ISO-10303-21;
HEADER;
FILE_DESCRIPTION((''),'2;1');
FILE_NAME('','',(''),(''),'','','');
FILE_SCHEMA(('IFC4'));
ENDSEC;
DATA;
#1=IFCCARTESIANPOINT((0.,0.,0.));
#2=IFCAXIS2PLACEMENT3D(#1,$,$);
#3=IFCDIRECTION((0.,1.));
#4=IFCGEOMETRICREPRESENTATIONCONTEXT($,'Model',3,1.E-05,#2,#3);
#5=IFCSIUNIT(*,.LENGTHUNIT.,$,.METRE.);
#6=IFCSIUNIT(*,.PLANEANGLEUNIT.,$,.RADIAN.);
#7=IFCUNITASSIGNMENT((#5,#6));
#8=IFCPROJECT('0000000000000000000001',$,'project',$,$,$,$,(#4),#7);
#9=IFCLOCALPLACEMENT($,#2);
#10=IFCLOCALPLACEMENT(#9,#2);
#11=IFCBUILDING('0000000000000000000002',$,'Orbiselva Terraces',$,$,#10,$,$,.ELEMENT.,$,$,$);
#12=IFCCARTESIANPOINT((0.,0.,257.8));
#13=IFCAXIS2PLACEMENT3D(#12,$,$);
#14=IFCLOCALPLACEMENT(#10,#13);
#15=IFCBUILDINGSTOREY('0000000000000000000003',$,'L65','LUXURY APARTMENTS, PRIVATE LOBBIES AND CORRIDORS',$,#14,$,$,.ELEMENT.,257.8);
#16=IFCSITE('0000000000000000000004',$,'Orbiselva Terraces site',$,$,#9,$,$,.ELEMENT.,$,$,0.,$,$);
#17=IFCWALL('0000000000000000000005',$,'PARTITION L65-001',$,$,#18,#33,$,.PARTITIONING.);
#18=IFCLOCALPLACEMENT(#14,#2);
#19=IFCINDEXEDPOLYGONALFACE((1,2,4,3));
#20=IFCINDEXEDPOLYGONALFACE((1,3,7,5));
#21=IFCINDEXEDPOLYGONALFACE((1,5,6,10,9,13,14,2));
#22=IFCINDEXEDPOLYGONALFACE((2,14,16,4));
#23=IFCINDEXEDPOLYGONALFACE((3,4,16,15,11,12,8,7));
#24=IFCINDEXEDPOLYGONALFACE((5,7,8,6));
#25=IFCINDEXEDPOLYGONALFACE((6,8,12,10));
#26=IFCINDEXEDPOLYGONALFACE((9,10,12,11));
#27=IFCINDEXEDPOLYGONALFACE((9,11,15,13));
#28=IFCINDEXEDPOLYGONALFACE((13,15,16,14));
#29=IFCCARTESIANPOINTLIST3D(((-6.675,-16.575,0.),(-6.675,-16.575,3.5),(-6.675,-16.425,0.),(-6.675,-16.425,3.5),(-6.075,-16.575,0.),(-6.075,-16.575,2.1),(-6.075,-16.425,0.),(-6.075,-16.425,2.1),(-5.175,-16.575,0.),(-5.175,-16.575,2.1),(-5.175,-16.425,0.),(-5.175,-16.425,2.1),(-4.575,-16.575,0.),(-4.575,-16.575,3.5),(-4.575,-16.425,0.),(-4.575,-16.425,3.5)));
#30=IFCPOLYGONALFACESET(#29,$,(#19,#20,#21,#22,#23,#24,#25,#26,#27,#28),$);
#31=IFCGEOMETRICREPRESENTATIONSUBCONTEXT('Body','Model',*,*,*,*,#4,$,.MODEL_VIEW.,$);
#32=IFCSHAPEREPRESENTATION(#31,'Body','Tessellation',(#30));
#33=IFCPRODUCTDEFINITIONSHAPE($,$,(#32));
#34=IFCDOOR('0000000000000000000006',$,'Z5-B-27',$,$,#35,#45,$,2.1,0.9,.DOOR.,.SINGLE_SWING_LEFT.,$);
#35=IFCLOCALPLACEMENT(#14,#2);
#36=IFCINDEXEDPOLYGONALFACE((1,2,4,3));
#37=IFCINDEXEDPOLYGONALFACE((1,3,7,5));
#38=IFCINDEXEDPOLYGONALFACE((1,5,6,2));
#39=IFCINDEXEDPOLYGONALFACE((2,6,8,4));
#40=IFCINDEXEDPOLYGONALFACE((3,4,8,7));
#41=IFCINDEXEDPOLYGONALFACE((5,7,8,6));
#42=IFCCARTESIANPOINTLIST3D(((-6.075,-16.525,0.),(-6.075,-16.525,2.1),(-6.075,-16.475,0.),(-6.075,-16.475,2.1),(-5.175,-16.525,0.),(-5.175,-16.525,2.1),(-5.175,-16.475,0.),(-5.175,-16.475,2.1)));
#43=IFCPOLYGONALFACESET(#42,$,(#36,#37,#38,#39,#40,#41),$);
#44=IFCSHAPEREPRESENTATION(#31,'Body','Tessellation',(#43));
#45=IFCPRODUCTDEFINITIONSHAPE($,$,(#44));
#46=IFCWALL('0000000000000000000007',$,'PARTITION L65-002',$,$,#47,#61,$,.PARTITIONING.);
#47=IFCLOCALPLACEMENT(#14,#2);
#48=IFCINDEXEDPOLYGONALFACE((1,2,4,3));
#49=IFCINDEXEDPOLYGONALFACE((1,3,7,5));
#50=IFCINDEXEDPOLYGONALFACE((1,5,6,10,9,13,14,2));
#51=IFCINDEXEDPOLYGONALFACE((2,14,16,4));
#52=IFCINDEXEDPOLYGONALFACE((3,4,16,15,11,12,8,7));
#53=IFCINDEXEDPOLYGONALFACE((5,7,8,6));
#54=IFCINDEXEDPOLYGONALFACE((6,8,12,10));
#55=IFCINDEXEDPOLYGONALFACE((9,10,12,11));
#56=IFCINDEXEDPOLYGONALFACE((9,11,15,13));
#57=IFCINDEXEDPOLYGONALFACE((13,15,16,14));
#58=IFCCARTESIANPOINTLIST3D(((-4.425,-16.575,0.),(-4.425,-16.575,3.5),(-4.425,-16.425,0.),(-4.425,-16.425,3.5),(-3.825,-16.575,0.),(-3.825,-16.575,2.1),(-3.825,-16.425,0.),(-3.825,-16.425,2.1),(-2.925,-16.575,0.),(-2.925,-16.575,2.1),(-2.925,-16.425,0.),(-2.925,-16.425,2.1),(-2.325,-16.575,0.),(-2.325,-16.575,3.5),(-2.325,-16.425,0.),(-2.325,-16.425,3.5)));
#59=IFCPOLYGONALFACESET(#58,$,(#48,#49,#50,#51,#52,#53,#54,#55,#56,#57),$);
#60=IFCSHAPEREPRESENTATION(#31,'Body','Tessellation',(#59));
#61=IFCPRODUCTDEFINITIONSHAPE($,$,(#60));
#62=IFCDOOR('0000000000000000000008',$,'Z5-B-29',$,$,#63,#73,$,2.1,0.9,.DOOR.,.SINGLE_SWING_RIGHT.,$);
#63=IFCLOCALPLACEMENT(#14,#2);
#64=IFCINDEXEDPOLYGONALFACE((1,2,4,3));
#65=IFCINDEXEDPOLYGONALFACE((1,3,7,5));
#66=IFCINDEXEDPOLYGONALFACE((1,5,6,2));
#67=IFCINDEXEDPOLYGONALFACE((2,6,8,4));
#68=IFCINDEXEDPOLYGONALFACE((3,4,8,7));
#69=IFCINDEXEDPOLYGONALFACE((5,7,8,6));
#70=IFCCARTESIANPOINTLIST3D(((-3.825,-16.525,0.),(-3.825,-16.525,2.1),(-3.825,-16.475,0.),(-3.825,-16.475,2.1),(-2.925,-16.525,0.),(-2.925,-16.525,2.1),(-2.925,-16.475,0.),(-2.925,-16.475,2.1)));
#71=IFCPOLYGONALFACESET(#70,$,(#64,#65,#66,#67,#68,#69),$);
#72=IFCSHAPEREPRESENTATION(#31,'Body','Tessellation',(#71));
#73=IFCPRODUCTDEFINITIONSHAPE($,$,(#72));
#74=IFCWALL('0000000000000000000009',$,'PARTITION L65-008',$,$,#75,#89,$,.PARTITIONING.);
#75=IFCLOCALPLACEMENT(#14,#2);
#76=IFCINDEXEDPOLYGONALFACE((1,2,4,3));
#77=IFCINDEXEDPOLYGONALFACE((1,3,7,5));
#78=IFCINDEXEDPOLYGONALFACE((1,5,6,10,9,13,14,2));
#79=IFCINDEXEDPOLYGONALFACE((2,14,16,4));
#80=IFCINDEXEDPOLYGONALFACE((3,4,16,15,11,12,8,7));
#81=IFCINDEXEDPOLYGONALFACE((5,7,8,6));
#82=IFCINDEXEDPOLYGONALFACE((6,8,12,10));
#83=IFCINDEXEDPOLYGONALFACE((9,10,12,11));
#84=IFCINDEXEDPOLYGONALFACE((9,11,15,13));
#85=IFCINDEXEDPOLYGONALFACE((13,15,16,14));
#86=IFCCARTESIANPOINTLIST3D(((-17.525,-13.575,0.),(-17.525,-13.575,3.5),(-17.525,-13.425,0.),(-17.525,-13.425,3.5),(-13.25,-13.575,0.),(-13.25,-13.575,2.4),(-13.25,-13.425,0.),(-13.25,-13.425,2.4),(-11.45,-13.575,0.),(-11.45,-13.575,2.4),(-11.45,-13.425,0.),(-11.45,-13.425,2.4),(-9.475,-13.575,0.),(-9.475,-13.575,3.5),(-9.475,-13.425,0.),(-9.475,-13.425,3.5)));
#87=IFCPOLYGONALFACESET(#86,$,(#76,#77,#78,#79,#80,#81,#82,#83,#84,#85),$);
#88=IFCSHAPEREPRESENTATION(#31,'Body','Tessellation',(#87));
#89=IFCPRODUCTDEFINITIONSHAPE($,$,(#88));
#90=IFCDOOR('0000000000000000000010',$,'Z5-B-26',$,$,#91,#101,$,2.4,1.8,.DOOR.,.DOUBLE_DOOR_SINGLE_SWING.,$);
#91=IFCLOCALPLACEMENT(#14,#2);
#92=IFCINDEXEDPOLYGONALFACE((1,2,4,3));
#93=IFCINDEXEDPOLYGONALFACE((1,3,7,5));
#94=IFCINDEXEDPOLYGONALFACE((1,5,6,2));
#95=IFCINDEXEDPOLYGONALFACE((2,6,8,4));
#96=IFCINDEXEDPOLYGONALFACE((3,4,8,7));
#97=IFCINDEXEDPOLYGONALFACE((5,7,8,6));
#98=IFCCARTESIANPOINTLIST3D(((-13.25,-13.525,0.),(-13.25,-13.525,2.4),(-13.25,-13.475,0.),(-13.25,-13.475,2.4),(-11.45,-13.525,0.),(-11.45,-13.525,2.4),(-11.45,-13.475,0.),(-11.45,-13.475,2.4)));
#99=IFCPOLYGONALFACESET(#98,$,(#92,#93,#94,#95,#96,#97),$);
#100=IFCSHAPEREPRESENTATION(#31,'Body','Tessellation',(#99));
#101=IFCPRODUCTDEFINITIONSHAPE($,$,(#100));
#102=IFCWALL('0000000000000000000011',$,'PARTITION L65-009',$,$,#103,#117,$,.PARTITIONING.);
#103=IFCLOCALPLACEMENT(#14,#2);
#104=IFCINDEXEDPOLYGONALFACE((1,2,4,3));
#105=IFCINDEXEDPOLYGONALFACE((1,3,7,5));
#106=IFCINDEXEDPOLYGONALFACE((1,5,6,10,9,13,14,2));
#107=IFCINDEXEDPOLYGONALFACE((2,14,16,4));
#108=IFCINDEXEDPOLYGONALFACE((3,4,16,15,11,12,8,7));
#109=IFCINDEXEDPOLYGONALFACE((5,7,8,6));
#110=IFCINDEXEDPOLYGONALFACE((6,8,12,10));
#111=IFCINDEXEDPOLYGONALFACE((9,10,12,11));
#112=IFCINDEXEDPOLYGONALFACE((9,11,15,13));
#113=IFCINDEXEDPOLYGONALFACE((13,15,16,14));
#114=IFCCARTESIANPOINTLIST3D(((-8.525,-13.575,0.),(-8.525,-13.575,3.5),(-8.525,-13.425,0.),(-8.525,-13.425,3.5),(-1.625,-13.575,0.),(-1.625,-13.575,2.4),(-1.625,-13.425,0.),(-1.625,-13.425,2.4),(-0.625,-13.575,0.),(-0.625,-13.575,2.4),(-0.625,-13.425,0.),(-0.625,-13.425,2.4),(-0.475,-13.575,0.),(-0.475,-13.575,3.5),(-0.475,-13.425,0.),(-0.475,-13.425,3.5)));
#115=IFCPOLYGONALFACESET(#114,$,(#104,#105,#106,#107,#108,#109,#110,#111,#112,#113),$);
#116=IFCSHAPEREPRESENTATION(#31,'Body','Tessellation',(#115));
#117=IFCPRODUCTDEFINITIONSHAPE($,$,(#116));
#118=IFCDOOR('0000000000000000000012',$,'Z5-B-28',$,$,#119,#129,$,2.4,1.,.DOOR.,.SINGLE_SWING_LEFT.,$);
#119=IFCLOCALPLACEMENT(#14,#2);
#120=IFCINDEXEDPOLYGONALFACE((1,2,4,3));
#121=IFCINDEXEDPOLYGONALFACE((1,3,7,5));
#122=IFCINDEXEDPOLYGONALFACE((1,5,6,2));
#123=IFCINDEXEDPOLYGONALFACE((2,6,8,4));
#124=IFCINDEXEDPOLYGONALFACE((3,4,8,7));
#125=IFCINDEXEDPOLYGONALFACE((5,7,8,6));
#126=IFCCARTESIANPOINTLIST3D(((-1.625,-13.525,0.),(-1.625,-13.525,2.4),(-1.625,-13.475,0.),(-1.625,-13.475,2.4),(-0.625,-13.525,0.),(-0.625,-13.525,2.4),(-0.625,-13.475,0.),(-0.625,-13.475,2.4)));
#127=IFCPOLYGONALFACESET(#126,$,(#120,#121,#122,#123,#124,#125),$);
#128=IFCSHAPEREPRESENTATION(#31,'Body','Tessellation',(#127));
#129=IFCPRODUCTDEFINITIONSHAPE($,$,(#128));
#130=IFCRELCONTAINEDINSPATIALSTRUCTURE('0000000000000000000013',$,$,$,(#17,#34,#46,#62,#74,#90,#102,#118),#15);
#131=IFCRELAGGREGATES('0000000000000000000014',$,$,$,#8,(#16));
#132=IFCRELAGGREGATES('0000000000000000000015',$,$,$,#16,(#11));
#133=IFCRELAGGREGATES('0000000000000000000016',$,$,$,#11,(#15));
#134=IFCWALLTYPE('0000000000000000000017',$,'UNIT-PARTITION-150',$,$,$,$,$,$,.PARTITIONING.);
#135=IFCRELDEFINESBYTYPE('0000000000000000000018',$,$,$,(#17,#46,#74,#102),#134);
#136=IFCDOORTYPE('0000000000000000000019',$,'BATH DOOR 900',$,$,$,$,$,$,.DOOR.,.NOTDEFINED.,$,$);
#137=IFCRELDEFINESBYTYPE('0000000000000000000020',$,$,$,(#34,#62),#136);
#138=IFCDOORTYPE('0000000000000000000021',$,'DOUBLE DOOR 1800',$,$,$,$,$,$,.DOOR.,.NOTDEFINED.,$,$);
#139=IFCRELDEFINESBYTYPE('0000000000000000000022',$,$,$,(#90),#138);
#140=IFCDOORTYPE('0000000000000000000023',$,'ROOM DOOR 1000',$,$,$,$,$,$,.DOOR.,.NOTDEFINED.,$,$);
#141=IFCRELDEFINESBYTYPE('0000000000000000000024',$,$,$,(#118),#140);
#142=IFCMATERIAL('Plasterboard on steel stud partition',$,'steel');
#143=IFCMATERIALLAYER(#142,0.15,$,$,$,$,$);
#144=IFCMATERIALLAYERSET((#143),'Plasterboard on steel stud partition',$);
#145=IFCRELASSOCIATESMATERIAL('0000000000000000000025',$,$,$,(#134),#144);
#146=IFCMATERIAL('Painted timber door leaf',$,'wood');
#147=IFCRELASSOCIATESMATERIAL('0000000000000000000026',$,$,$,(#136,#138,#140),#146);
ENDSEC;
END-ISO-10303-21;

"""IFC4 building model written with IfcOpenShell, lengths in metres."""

from ifc_helpers import new_model, si_unit, direction, frame, frame_2d, origin, place, context, subcontext, project, spatial, rectangle, extrude, material, layer, layer_set, type_object, element, fill, save


model = new_model("IFC4")

# Units and contexts
model_context = context("Model", 3, precision=1e-05, world=origin(), true_north=direction((0.0, 1.0)))
body_context = subcontext(model_context, "Body", "Model", "MODEL_VIEW")
ifc_project = project(units=[si_unit("LENGTHUNIT", "METRE"), si_unit("PLANEANGLEUNIT", "RADIAN")], contexts=[model_context])

# Site, building, storey
site_placement = place(None, origin())
site = spatial("IfcSite", under=ifc_project, at=site_placement, Name="Orbiselva Terraces site", CompositionType="ELEMENT", RefElevation=0.0)
building_placement = place(site_placement, origin())
building = spatial("IfcBuilding", under=site, at=building_placement, Name="Orbiselva Terraces", CompositionType="ELEMENT")
storey_placement = place(building_placement, frame((0.0, 0.0, 257.8)))
storey = spatial("IfcBuildingStorey", under=building, at=storey_placement, Name="L65", Description="LUXURY APARTMENTS, PRIVATE LOBBIES AND CORRIDORS", CompositionType="ELEMENT", Elevation=257.8)

# Walls, openings, doors
ifc_material_1 = material(Name="Plasterboard on steel stud partition", Category="steel")
ifc_layer_1 = layer(ifc_material_1, 0.15)
ifc_layer_set_1 = layer_set([ifc_layer_1], Name="Plasterboard on steel stud partition")
wall_type_1 = type_object("IfcWallType", Name="UNIT-PARTITION-150", PredefinedType="PARTITIONING", material=ifc_layer_set_1)
wall_1_placement = place(storey_placement, frame((-6.675, -16.5, 0.0), z_axis=(0.0, 0.0, 1.0), x_axis=(1.0, 0.0, 0.0)))
wall_1 = element("IfcWall", 1, at=wall_1_placement, inside=storey, type_object=wall_type_1, Name="PARTITION L65-001", PredefinedType="PARTITIONING", context=body_context, shape_type="SweptSolid", body=[
    extrude(rectangle(XDim=2.1, YDim=0.15, at=frame_2d((1.05, 0.0))), origin(), (0.0, 0.0, 1.0), 3.5),
])
opening_1_placement = place(wall_1_placement, frame((0.6, 0.0, 0.0)))
opening_1 = element("IfcOpeningElement", 2, at=opening_1_placement, cuts=wall_1, PredefinedType="OPENING", context=body_context, shape_type="SweptSolid", body=[
    extrude(rectangle(XDim=0.9, YDim=2.1, at=frame_2d((0.45, 1.05))), frame((0.0, 0.085, 0.0), z_axis=(0.0, -1.0, 0.0), x_axis=(1.0, 0.0, 0.0)), (0.0, 0.0, 1.0), 0.17),
])
ifc_material_2 = material(Name="Painted timber door leaf", Category="wood")
door_type_1 = type_object("IfcDoorType", Name="BATH DOOR 900", OperationType="NOTDEFINED", PredefinedType="DOOR", material=ifc_material_2)
door_1_placement = place(opening_1_placement, origin())
door_1 = element("IfcDoor", 3, at=door_1_placement, inside=storey, type_object=door_type_1, Name="Z5-B-27", OperationType="SINGLE_SWING_LEFT", OverallHeight=2.1, OverallWidth=0.9, PredefinedType="DOOR", context=body_context, shape_type="SweptSolid", body=[
    extrude(rectangle(XDim=0.9, YDim=2.1, at=frame_2d((0.45, 1.05))), frame((0.0, 0.025, 0.0), z_axis=(0.0, -1.0, 0.0), x_axis=(1.0, 0.0, 0.0)), (0.0, 0.0, 1.0), 0.05),
])
fill(opening_1, door_1)
wall_2_placement = place(storey_placement, frame((-4.425, -16.5, 0.0), z_axis=(0.0, 0.0, 1.0), x_axis=(1.0, 0.0, 0.0)))
wall_2 = element("IfcWall", 4, at=wall_2_placement, inside=storey, type_object=wall_type_1, Name="PARTITION L65-002", PredefinedType="PARTITIONING", context=body_context, shape_type="SweptSolid", body=[
    extrude(rectangle(XDim=2.1, YDim=0.15, at=frame_2d((1.05, 0.0))), origin(), (0.0, 0.0, 1.0), 3.5),
])
opening_2_placement = place(wall_2_placement, frame((0.6, 0.0, 0.0)))
opening_2 = element("IfcOpeningElement", 5, at=opening_2_placement, cuts=wall_2, PredefinedType="OPENING", context=body_context, shape_type="SweptSolid", body=[
    extrude(rectangle(XDim=0.9, YDim=2.1, at=frame_2d((0.45, 1.05))), frame((0.0, 0.085, 0.0), z_axis=(0.0, -1.0, 0.0), x_axis=(1.0, 0.0, 0.0)), (0.0, 0.0, 1.0), 0.17),
])
door_2_placement = place(opening_2_placement, origin())
door_2 = element("IfcDoor", 6, at=door_2_placement, inside=storey, type_object=door_type_1, Name="Z5-B-29", OperationType="SINGLE_SWING_RIGHT", OverallHeight=2.1, OverallWidth=0.9, PredefinedType="DOOR", context=body_context, shape_type="SweptSolid", body=[
    extrude(rectangle(XDim=0.9, YDim=2.1, at=frame_2d((0.45, 1.05))), frame((0.0, 0.025, 0.0), z_axis=(0.0, -1.0, 0.0), x_axis=(1.0, 0.0, 0.0)), (0.0, 0.0, 1.0), 0.05),
])
fill(opening_2, door_2)
wall_3_placement = place(storey_placement, frame((-9.475, -13.5, 0.0), z_axis=(0.0, 0.0, 1.0), x_axis=(-1.0, 0.0, 0.0)))
wall_3 = element("IfcWall", 7, at=wall_3_placement, inside=storey, type_object=wall_type_1, Name="PARTITION L65-008", PredefinedType="PARTITIONING", context=body_context, shape_type="SweptSolid", body=[
    extrude(rectangle(XDim=8.05, YDim=0.15, at=frame_2d((4.025, 0.0))), origin(), (0.0, 0.0, 1.0), 3.5),
])
opening_3_placement = place(wall_3_placement, frame((1.975, 0.0, 0.0)))
opening_3 = element("IfcOpeningElement", 8, at=opening_3_placement, cuts=wall_3, PredefinedType="OPENING", context=body_context, shape_type="SweptSolid", body=[
    extrude(rectangle(XDim=1.8, YDim=2.4, at=frame_2d((0.9, 1.2))), frame((0.0, 0.085, 0.0), z_axis=(0.0, -1.0, 0.0), x_axis=(1.0, 0.0, 0.0)), (0.0, 0.0, 1.0), 0.17),
])
door_type_2 = type_object("IfcDoorType", Name="DOUBLE DOOR 1800", OperationType="NOTDEFINED", PredefinedType="DOOR", material=ifc_material_2)
door_3_placement = place(opening_3_placement, origin())
door_3 = element("IfcDoor", 9, at=door_3_placement, inside=storey, type_object=door_type_2, Name="Z5-B-26", OperationType="DOUBLE_DOOR_SINGLE_SWING", OverallHeight=2.4, OverallWidth=1.8, PredefinedType="DOOR", context=body_context, shape_type="SweptSolid", body=[
    extrude(rectangle(XDim=1.8, YDim=2.4, at=frame_2d((0.9, 1.2))), frame((0.0, 0.025, 0.0), z_axis=(0.0, -1.0, 0.0), x_axis=(1.0, 0.0, 0.0)), (0.0, 0.0, 1.0), 0.05),
])
fill(opening_3, door_3)
wall_4_placement = place(storey_placement, frame((-0.475, -13.5, 0.0), z_axis=(0.0, 0.0, 1.0), x_axis=(-1.0, 0.0, 0.0)))
wall_4 = element("IfcWall", 10, at=wall_4_placement, inside=storey, type_object=wall_type_1, Name="PARTITION L65-009", PredefinedType="PARTITIONING", context=body_context, shape_type="SweptSolid", body=[
    extrude(rectangle(XDim=8.05, YDim=0.15, at=frame_2d((4.025, 0.0))), origin(), (0.0, 0.0, 1.0), 3.5),
])
opening_4_placement = place(wall_4_placement, frame((0.15, 0.0, 0.0)))
opening_4 = element("IfcOpeningElement", 11, at=opening_4_placement, cuts=wall_4, PredefinedType="OPENING", context=body_context, shape_type="SweptSolid", body=[
    extrude(rectangle(XDim=1.0, YDim=2.4, at=frame_2d((0.5, 1.2))), frame((0.0, 0.085, 0.0), z_axis=(0.0, -1.0, 0.0), x_axis=(1.0, 0.0, 0.0)), (0.0, 0.0, 1.0), 0.17),
])
door_type_3 = type_object("IfcDoorType", Name="ROOM DOOR 1000", OperationType="NOTDEFINED", PredefinedType="DOOR", material=ifc_material_2)
door_4_placement = place(opening_4_placement, origin())
door_4 = element("IfcDoor", 12, at=door_4_placement, inside=storey, type_object=door_type_3, Name="Z5-B-28", OperationType="SINGLE_SWING_LEFT", OverallHeight=2.4, OverallWidth=1.0, PredefinedType="DOOR", context=body_context, shape_type="SweptSolid", body=[
    extrude(rectangle(XDim=1.0, YDim=2.4, at=frame_2d((0.5, 1.2))), frame((0.0, 0.025, 0.0), z_axis=(0.0, -1.0, 0.0), x_axis=(1.0, 0.0, 0.0)), (0.0, 0.0, 1.0), 0.05),
])
fill(opening_4, door_4)

save(model, "model.ifc")
